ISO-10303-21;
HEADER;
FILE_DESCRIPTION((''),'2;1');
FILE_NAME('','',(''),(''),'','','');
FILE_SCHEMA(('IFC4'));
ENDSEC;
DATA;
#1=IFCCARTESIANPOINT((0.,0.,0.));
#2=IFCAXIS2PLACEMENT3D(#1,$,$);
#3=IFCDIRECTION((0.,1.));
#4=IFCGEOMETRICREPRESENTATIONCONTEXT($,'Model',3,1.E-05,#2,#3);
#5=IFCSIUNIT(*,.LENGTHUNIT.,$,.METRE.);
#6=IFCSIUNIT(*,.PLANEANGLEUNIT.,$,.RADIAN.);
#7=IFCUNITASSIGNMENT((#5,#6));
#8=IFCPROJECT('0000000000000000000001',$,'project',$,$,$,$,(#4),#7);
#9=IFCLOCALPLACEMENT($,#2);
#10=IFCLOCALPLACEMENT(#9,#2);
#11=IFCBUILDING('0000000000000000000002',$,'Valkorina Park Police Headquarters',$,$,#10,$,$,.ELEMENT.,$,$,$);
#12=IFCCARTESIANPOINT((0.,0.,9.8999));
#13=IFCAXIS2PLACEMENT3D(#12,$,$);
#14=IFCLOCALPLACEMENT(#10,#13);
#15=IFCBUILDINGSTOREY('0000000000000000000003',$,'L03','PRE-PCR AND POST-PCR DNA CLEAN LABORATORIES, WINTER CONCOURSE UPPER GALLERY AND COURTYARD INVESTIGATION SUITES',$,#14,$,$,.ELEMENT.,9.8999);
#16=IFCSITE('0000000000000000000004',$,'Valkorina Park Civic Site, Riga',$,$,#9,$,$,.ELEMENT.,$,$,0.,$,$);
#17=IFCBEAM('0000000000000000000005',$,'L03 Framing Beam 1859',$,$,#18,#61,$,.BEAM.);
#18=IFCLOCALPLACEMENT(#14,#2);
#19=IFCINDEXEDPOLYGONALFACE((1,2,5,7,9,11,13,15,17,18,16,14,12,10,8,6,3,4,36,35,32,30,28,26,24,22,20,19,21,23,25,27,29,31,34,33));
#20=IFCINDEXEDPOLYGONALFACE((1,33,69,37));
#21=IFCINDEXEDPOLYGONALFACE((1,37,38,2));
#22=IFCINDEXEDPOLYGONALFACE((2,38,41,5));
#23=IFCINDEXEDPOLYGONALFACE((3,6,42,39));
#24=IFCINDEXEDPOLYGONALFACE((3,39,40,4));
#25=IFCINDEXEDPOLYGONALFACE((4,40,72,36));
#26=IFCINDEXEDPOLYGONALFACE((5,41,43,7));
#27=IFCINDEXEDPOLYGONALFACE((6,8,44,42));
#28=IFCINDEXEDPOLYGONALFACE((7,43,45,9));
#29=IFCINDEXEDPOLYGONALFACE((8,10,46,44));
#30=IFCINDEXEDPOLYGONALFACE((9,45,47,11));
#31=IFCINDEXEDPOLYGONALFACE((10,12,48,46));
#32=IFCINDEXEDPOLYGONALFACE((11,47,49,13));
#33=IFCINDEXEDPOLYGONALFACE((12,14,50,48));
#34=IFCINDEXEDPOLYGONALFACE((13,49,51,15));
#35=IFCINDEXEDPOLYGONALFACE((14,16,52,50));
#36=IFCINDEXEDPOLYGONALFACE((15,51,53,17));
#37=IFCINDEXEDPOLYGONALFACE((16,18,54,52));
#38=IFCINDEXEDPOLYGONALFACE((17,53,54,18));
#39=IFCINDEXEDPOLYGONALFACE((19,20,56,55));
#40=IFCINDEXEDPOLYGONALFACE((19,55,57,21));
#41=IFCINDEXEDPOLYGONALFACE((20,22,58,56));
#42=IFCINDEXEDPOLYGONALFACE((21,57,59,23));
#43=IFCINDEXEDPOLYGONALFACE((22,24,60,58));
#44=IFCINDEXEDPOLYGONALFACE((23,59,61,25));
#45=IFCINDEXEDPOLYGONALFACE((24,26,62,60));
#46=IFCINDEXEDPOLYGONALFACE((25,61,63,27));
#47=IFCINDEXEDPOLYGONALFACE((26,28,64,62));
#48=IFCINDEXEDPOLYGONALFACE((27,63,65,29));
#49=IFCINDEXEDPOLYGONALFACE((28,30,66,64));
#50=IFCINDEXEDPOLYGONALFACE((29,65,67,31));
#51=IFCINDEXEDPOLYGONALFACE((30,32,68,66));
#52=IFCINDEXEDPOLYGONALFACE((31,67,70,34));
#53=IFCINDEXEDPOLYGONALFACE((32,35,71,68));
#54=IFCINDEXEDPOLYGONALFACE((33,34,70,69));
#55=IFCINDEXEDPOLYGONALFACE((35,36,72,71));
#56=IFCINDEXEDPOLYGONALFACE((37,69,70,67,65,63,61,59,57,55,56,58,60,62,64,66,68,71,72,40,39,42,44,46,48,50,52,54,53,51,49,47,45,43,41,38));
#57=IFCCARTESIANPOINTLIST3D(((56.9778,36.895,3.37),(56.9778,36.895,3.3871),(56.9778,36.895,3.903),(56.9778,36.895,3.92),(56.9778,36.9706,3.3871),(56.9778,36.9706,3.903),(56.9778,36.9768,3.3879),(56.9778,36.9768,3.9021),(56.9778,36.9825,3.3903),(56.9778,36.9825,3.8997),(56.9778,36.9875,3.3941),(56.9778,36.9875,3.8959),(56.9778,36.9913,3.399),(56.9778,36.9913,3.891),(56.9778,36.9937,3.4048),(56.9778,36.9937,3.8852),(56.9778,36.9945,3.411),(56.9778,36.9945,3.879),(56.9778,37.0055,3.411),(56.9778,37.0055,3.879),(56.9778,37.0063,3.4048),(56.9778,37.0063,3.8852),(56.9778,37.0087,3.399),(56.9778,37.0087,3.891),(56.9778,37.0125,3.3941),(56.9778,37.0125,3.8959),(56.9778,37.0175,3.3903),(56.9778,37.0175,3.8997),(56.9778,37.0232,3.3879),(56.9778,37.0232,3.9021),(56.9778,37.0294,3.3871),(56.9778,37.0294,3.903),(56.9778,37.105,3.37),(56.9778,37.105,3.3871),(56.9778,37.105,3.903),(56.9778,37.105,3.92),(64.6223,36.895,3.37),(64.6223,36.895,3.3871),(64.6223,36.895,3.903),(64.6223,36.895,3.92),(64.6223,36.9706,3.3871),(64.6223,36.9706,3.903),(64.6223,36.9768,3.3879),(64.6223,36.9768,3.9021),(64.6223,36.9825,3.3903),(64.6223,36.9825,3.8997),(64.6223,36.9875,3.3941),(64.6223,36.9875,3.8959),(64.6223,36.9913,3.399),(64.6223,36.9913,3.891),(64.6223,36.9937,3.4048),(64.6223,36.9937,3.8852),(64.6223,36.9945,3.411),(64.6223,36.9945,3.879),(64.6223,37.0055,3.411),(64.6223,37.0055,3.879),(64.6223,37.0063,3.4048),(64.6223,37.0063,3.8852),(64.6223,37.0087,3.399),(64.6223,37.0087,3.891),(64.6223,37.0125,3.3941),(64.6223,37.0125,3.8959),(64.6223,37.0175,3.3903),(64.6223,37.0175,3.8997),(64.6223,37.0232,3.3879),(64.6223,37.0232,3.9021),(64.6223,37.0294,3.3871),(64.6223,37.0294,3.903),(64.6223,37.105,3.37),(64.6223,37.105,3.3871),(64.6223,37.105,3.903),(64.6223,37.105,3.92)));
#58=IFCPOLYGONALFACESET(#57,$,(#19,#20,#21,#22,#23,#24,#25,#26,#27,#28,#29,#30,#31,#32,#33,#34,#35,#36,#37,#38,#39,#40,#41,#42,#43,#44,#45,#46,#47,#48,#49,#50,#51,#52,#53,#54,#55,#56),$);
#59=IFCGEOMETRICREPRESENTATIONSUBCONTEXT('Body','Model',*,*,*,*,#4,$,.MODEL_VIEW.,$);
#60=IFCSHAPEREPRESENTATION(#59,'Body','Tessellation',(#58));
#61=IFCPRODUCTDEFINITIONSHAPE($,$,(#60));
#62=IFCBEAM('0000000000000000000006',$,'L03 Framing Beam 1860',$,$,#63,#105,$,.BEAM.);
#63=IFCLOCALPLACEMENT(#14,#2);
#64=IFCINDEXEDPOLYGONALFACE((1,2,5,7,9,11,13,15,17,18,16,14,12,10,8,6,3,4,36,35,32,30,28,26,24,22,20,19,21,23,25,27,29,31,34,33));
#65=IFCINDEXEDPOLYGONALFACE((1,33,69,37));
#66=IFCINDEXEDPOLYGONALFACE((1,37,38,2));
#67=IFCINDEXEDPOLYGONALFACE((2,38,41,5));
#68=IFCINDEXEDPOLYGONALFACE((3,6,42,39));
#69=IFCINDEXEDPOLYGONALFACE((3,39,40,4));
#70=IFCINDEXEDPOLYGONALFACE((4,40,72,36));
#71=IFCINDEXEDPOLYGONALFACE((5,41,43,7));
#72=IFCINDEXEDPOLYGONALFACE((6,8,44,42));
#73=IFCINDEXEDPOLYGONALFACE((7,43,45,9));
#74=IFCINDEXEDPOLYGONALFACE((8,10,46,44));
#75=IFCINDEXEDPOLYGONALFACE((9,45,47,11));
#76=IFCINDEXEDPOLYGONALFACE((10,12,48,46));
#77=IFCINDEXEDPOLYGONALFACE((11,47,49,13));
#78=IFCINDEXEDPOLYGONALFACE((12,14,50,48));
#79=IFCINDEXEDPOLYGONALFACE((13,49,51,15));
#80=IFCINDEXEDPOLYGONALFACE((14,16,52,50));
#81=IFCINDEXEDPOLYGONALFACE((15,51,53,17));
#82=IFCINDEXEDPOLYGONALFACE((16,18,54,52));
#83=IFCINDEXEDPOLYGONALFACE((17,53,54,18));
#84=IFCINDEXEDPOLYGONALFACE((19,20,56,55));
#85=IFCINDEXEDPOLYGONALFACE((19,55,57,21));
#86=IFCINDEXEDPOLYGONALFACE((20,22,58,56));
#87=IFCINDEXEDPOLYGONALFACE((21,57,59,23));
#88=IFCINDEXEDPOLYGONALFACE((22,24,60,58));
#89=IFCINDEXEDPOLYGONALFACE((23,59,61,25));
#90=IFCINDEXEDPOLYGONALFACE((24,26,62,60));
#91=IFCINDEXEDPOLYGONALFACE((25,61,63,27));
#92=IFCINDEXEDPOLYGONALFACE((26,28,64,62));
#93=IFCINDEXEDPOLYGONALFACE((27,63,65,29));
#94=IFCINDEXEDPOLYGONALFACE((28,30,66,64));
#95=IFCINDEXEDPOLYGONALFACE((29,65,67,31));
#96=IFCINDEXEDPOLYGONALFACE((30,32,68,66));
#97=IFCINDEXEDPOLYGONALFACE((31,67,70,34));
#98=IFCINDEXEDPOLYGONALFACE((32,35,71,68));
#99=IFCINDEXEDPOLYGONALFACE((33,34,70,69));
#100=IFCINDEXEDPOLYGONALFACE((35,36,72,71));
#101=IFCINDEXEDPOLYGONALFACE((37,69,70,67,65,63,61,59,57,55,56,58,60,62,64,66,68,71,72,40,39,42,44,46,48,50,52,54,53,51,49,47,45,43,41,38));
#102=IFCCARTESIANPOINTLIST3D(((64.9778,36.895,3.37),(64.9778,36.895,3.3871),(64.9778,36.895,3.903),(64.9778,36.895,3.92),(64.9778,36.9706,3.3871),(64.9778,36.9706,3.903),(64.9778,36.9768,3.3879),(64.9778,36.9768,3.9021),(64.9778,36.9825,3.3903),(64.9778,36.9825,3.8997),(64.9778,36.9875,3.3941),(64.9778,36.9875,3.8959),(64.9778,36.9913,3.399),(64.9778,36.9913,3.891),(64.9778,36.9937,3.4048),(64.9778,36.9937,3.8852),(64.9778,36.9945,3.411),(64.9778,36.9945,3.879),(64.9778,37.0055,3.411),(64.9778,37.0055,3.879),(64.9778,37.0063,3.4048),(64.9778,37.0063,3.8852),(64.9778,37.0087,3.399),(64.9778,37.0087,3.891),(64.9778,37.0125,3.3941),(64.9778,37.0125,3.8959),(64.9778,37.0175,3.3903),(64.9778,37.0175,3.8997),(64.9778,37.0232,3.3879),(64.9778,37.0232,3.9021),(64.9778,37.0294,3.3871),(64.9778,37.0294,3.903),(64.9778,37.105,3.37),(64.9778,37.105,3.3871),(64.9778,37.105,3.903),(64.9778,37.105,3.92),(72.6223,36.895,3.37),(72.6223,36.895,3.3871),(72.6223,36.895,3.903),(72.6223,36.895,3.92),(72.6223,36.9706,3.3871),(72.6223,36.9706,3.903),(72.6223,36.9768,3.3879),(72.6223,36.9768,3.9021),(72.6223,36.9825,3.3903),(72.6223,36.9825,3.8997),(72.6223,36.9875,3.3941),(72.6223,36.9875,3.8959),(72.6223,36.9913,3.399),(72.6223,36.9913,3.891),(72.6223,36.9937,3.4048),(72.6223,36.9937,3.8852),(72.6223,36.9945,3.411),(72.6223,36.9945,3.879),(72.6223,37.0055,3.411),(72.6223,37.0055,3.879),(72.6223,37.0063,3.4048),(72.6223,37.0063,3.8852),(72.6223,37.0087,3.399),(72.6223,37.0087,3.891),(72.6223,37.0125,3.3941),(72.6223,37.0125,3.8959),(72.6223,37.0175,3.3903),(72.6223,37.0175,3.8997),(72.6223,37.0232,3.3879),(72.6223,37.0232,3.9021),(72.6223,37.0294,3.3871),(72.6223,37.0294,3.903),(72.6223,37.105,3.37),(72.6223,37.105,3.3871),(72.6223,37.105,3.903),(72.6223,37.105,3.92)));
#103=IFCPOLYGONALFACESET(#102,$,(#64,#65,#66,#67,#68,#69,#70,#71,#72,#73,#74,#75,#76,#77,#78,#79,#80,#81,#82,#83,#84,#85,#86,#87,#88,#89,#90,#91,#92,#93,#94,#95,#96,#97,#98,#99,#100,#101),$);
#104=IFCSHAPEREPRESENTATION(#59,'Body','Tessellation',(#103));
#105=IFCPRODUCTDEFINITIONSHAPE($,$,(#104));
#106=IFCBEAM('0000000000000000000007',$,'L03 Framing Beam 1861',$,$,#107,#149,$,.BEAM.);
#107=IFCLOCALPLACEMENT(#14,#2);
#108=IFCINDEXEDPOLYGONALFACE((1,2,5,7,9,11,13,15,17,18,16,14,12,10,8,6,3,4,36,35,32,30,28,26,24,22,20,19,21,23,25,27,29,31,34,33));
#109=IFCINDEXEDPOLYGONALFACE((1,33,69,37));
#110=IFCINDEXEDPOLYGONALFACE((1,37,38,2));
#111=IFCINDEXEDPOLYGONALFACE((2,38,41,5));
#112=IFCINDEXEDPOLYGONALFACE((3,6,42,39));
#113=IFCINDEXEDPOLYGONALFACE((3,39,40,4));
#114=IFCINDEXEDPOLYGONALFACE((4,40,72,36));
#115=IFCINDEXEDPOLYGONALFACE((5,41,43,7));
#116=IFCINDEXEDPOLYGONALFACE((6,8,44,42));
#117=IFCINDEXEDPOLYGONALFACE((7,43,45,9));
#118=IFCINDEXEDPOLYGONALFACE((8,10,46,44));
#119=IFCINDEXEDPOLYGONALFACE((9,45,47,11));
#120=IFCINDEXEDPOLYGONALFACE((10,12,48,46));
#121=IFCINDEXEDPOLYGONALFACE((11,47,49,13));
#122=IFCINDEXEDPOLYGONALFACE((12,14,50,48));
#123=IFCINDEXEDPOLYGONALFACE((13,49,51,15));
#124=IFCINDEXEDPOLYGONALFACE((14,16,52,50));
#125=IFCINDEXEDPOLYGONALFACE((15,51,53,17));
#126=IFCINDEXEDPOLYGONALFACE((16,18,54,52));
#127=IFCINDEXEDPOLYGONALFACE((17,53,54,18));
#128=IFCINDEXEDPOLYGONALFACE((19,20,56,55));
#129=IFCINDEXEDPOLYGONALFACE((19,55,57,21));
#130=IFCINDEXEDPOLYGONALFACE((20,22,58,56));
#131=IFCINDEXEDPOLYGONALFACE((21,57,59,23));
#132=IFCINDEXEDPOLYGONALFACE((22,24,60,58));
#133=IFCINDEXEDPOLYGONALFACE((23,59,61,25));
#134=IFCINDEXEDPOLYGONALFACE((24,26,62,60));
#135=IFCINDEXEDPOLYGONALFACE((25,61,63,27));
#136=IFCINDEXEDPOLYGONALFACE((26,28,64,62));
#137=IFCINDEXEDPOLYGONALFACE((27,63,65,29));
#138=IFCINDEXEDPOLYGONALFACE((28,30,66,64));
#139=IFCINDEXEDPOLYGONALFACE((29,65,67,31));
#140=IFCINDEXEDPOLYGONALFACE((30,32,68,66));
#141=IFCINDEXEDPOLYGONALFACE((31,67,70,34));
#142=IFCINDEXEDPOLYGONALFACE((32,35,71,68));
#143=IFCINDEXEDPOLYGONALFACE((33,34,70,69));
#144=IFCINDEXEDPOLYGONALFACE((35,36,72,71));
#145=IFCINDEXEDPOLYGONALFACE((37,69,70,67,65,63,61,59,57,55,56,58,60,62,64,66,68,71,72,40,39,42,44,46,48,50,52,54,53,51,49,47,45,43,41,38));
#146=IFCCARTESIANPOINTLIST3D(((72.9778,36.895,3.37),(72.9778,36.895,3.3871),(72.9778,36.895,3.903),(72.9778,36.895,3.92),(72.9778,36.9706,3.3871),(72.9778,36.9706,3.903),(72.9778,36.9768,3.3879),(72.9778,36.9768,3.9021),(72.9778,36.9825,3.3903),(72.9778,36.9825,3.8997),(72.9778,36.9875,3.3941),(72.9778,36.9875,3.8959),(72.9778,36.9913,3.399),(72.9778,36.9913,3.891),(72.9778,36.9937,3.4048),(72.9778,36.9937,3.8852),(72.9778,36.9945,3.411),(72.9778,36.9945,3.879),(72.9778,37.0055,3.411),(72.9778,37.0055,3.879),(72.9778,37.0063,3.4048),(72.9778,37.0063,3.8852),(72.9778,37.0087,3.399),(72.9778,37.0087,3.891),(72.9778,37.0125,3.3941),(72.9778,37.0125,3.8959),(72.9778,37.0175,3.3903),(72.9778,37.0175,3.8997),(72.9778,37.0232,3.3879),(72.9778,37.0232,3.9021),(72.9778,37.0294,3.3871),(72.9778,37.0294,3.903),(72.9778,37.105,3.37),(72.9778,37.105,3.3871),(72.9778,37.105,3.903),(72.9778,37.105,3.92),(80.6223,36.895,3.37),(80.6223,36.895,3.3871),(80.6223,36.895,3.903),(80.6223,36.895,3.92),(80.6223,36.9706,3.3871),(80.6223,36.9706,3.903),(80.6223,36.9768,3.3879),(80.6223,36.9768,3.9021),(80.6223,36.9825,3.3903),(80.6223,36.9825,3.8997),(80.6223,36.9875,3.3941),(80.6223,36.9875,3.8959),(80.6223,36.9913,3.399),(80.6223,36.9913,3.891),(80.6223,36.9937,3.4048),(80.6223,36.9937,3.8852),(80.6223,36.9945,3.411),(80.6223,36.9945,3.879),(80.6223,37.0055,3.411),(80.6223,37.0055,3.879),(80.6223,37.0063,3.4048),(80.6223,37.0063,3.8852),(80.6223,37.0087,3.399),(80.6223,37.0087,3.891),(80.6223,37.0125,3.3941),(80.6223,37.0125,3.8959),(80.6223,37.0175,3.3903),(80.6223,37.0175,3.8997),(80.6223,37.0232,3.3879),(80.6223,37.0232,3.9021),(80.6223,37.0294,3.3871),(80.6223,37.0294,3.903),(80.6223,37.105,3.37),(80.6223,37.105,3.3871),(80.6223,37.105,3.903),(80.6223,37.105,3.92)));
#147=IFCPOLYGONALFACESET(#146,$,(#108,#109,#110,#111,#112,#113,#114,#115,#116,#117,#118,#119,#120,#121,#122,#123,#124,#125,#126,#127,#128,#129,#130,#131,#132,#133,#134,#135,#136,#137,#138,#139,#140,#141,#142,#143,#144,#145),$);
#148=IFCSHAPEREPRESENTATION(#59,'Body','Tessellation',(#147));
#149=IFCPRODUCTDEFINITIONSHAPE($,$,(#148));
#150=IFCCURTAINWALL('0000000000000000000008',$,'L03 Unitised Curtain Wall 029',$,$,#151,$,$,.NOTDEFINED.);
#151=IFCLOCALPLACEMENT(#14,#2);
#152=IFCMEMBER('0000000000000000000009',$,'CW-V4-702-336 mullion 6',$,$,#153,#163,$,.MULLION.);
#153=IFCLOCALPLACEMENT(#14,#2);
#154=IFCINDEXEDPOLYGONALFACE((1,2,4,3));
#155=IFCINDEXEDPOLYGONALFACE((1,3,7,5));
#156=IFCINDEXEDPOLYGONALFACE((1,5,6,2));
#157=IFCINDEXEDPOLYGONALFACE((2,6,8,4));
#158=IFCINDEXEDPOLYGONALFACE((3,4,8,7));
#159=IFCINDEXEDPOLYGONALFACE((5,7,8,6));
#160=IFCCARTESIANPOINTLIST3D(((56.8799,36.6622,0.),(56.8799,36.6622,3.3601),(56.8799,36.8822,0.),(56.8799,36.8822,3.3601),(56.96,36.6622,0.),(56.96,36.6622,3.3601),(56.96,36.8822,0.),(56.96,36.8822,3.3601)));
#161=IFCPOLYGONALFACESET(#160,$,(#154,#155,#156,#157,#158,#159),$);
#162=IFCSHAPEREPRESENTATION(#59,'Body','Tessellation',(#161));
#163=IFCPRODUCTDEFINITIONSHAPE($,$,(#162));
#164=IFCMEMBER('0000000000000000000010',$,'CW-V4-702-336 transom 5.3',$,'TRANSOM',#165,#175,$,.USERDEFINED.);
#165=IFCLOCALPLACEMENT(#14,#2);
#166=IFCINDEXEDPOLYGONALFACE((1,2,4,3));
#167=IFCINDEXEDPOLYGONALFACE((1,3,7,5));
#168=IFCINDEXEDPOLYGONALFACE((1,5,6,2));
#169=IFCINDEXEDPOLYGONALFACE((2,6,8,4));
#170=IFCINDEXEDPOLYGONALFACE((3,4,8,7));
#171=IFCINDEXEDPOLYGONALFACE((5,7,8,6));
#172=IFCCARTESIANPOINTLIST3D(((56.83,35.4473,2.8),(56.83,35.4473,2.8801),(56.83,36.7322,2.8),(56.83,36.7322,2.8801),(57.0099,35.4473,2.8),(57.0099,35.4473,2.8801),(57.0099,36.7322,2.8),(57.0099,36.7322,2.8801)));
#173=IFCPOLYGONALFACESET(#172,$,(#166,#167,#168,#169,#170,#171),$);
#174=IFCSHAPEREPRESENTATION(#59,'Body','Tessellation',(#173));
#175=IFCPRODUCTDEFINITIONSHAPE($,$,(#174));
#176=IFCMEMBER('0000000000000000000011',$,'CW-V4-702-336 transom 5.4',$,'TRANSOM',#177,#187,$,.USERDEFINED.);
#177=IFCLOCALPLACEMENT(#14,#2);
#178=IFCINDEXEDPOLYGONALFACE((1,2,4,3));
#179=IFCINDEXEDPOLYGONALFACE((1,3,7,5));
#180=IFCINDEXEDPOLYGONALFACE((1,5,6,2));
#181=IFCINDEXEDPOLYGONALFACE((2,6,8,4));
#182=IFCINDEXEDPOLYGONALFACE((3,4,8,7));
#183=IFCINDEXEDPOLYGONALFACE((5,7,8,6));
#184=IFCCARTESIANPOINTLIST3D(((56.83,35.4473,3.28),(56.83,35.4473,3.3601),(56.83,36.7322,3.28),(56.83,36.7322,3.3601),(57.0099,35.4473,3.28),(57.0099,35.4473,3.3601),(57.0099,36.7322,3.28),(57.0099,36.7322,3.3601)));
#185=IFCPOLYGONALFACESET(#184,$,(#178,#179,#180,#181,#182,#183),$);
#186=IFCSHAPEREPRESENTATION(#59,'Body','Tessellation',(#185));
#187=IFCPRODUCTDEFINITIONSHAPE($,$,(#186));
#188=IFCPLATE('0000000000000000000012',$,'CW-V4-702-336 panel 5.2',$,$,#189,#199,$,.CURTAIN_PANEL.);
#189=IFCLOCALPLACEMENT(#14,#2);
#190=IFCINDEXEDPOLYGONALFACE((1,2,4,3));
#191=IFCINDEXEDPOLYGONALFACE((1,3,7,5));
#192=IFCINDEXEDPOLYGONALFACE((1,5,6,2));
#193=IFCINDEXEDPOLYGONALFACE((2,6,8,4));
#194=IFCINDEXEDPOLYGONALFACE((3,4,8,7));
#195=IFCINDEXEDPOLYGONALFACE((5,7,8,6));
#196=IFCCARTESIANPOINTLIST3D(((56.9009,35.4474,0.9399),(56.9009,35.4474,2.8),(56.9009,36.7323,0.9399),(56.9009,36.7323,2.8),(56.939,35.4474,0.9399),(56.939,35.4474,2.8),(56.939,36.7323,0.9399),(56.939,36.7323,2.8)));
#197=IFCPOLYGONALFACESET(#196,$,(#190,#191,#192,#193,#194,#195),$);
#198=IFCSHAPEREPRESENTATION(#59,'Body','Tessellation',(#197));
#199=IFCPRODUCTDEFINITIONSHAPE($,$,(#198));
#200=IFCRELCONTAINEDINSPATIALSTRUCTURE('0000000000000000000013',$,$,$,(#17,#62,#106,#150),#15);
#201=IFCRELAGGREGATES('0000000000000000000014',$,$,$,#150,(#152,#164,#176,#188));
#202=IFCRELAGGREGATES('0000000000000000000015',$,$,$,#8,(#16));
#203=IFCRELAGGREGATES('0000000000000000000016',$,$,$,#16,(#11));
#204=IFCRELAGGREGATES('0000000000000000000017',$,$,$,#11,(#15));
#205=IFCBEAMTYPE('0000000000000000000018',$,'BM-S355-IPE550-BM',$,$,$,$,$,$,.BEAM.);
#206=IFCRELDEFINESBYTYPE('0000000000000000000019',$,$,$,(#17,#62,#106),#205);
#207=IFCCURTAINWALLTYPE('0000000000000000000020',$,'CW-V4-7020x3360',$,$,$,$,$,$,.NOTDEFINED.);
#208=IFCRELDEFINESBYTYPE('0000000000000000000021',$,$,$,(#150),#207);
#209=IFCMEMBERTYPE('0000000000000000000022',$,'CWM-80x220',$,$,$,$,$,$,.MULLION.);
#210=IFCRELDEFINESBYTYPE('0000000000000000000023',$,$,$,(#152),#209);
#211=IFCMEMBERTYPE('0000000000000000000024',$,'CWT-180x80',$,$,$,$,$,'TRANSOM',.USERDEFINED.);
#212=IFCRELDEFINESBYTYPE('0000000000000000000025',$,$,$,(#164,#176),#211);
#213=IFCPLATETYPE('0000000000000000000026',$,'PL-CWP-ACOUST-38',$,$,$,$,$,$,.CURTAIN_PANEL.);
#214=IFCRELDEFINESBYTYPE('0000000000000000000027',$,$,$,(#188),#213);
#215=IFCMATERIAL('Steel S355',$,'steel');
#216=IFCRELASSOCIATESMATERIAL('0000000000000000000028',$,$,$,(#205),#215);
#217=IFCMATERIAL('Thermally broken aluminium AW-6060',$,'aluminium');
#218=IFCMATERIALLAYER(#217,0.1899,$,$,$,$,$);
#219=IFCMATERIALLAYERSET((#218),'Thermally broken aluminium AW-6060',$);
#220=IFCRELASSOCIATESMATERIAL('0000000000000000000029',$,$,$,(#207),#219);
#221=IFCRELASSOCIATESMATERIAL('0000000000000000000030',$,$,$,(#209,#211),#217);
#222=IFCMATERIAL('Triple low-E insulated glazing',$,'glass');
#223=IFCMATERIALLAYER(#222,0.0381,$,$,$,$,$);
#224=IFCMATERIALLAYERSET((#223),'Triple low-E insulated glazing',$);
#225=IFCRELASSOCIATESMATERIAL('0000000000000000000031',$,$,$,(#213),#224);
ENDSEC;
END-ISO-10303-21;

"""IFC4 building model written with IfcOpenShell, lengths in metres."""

from ifc_helpers import new_model, si_unit, direction, frame, origin, origin_2d, place, context, subcontext, project, spatial, rectangle, i_section, extrude, material, layer, layer_set, material_profile, profile_set, type_object, element, aggregate, save


model = new_model("IFC4")

# Units and contexts
model_context = context("Model", 3, precision=1e-05, world=origin(), true_north=direction((0.0, 1.0)))
body_context = subcontext(model_context, "Body", "Model", "MODEL_VIEW")
ifc_project = project(units=[si_unit("LENGTHUNIT", "METRE"), si_unit("PLANEANGLEUNIT", "RADIAN")], contexts=[model_context])

# Site, building, storey
site_placement = place(None, origin())
site = spatial("IfcSite", under=ifc_project, at=site_placement, Name="Valkorina Park Civic Site, Riga", CompositionType="ELEMENT", RefElevation=0.0)
building_placement = place(site_placement, origin())
building = spatial("IfcBuilding", under=site, at=building_placement, Name="Valkorina Park Police Headquarters", CompositionType="ELEMENT")
storey_placement = place(building_placement, frame((0.0, 0.0, 9.8999)))
storey = spatial("IfcBuildingStorey", under=building, at=storey_placement, Name="L03", Description="PRE-PCR AND POST-PCR DNA CLEAN LABORATORIES, WINTER CONCOURSE UPPER GALLERY AND COURTYARD INVESTIGATION SUITES", CompositionType="ELEMENT", Elevation=9.8999)

# Shared definitions
ifc_material_1 = material(Name="Steel S355", Category="steel")

# Beams
ifc_material_profile_1 = material_profile(ifc_material_1, i_section(OverallWidth=0.21, OverallDepth=0.55, WebThickness=0.011, FlangeThickness=0.0171, FilletRadius=0.0239, at=origin_2d()), Name="IPE 550")
ifc_profile_set_1 = profile_set([ifc_material_profile_1], Name="Steel S355")
beam_type_1 = type_object("IfcBeamType", Name="BM-S355-IPE550-BM", PredefinedType="BEAM", material=ifc_profile_set_1)
for number, where, z_axis, x_axis, name in (
    (1, (56.9778, 37.0, 3.645), (1.0, 0.0, 0.0), (0.0, 1.0, 0.0), "L03 Framing Beam 1859"),
    (2, (64.9778, 37.0, 3.645), (1.0, 0.0, 0.0), (0.0, 1.0, 0.0), "L03 Framing Beam 1860"),
    (3, (72.9778, 37.0, 3.645), (1.0, 0.0, 0.0), (0.0, 1.0, 0.0), "L03 Framing Beam 1861"),
):
    element("IfcBeam", number, at=place(storey_placement, frame(where, z_axis=z_axis, x_axis=x_axis)), inside=storey, type_object=beam_type_1, Name=name, PredefinedType="BEAM", context=body_context, shape_type="SweptSolid", body=[
        extrude(i_section(OverallWidth=0.21, OverallDepth=0.55, WebThickness=0.011, FlangeThickness=0.0171, FilletRadius=0.0239, at=origin_2d()), origin(), (0.0, 0.0, 1.0), 7.6445),
    ])

# Curtain wall, members, plate
ifc_material_2 = material(Name="Thermally broken aluminium AW-6060", Category="aluminium")
ifc_layer_1 = layer(ifc_material_2, 0.1899)
ifc_layer_set_1 = layer_set([ifc_layer_1], Name="Thermally broken aluminium AW-6060")
curtain_wall_type = type_object("IfcCurtainWallType", Name="CW-V4-7020x3360", PredefinedType="NOTDEFINED", material=ifc_layer_set_1)
curtain_wall_placement = place(storey_placement, origin())
curtain_wall = element("IfcCurtainWall", 4, at=curtain_wall_placement, inside=storey, type_object=curtain_wall_type, Name="L03 Unitised Curtain Wall 029", PredefinedType="NOTDEFINED")
ifc_material_profile_2 = material_profile(ifc_material_2, rectangle(XDim=0.0801, YDim=0.22, at=origin_2d()), Name="CWM-03 80x220")
ifc_profile_set_2 = profile_set([ifc_material_profile_2], Name="Thermally broken aluminium AW-6060")
member_type_1 = type_object("IfcMemberType", Name="CWM-80x220", PredefinedType="MULLION", material=ifc_profile_set_2)
member_1_placement = place(storey_placement, frame((56.9199, 36.7722, 0.0), z_axis=(0.0, 0.0, 1.0), x_axis=(-1.0, 0.0, 0.0)))
member_1 = element("IfcMember", 5, at=member_1_placement, type_object=member_type_1, Name="CW-V4-702-336 mullion 6", PredefinedType="MULLION", context=body_context, shape_type="SweptSolid", body=[
    extrude(rectangle(XDim=0.0801, YDim=0.22, at=origin_2d()), origin(), (0.0, 0.0, 1.0), 3.3601),
])
ifc_material_profile_3 = material_profile(ifc_material_2, rectangle(XDim=0.1799, YDim=0.0801, at=origin_2d()), Name="CWT-03 180x80")
ifc_profile_set_3 = profile_set([ifc_material_profile_3], Name="Thermally broken aluminium AW-6060")
member_type_2 = type_object("IfcMemberType", Name="CWT-180x80", ElementType="TRANSOM", PredefinedType="USERDEFINED", material=ifc_profile_set_3)
member_2_placement = place(storey_placement, frame((56.9199, 35.4473, 2.8401), z_axis=(0.0, 1.0, 0.0), x_axis=(-1.0, 0.0, 0.0)))
member_2 = element("IfcMember", 6, at=member_2_placement, type_object=member_type_2, Name="CW-V4-702-336 transom 5.3", ObjectType="TRANSOM", PredefinedType="USERDEFINED", context=body_context, shape_type="SweptSolid", body=[
    extrude(rectangle(XDim=0.1799, YDim=0.0801, at=origin_2d()), origin(), (0.0, 0.0, 1.0), 1.2849),
])
member_3_placement = place(storey_placement, frame((56.9199, 35.4473, 3.3201), z_axis=(0.0, 1.0, 0.0), x_axis=(-1.0, 0.0, 0.0)))
member_3 = element("IfcMember", 7, at=member_3_placement, type_object=member_type_2, Name="CW-V4-702-336 transom 5.4", ObjectType="TRANSOM", PredefinedType="USERDEFINED", context=body_context, shape_type="SweptSolid", body=[
    extrude(rectangle(XDim=0.1799, YDim=0.0801, at=origin_2d()), origin(), (0.0, 0.0, 1.0), 1.2849),
])
ifc_material_3 = material(Name="Triple low-E insulated glazing", Category="glass")
ifc_layer_2 = layer(ifc_material_3, 0.0381)
ifc_layer_set_2 = layer_set([ifc_layer_2], Name="Triple low-E insulated glazing")
plate_type_1 = type_object("IfcPlateType", Name="PL-CWP-ACOUST-38", PredefinedType="CURTAIN_PANEL", material=ifc_layer_set_2)
plate_1_placement = place(storey_placement, frame((56.9199, 36.0898, 0.9399), z_axis=(0.0, 0.0, 1.0), x_axis=(0.0, 1.0, 0.0)))
plate_1 = element("IfcPlate", 8, at=plate_1_placement, type_object=plate_type_1, Name="CW-V4-702-336 panel 5.2", PredefinedType="CURTAIN_PANEL", context=body_context, shape_type="SweptSolid", body=[
    extrude(rectangle(XDim=1.2849, YDim=0.0381, at=origin_2d()), origin(), (0.0, 0.0, 1.0), 1.8601),
])
aggregate(curtain_wall, [member_1, member_2, member_3, plate_1])

save(model, "model.ifc")
